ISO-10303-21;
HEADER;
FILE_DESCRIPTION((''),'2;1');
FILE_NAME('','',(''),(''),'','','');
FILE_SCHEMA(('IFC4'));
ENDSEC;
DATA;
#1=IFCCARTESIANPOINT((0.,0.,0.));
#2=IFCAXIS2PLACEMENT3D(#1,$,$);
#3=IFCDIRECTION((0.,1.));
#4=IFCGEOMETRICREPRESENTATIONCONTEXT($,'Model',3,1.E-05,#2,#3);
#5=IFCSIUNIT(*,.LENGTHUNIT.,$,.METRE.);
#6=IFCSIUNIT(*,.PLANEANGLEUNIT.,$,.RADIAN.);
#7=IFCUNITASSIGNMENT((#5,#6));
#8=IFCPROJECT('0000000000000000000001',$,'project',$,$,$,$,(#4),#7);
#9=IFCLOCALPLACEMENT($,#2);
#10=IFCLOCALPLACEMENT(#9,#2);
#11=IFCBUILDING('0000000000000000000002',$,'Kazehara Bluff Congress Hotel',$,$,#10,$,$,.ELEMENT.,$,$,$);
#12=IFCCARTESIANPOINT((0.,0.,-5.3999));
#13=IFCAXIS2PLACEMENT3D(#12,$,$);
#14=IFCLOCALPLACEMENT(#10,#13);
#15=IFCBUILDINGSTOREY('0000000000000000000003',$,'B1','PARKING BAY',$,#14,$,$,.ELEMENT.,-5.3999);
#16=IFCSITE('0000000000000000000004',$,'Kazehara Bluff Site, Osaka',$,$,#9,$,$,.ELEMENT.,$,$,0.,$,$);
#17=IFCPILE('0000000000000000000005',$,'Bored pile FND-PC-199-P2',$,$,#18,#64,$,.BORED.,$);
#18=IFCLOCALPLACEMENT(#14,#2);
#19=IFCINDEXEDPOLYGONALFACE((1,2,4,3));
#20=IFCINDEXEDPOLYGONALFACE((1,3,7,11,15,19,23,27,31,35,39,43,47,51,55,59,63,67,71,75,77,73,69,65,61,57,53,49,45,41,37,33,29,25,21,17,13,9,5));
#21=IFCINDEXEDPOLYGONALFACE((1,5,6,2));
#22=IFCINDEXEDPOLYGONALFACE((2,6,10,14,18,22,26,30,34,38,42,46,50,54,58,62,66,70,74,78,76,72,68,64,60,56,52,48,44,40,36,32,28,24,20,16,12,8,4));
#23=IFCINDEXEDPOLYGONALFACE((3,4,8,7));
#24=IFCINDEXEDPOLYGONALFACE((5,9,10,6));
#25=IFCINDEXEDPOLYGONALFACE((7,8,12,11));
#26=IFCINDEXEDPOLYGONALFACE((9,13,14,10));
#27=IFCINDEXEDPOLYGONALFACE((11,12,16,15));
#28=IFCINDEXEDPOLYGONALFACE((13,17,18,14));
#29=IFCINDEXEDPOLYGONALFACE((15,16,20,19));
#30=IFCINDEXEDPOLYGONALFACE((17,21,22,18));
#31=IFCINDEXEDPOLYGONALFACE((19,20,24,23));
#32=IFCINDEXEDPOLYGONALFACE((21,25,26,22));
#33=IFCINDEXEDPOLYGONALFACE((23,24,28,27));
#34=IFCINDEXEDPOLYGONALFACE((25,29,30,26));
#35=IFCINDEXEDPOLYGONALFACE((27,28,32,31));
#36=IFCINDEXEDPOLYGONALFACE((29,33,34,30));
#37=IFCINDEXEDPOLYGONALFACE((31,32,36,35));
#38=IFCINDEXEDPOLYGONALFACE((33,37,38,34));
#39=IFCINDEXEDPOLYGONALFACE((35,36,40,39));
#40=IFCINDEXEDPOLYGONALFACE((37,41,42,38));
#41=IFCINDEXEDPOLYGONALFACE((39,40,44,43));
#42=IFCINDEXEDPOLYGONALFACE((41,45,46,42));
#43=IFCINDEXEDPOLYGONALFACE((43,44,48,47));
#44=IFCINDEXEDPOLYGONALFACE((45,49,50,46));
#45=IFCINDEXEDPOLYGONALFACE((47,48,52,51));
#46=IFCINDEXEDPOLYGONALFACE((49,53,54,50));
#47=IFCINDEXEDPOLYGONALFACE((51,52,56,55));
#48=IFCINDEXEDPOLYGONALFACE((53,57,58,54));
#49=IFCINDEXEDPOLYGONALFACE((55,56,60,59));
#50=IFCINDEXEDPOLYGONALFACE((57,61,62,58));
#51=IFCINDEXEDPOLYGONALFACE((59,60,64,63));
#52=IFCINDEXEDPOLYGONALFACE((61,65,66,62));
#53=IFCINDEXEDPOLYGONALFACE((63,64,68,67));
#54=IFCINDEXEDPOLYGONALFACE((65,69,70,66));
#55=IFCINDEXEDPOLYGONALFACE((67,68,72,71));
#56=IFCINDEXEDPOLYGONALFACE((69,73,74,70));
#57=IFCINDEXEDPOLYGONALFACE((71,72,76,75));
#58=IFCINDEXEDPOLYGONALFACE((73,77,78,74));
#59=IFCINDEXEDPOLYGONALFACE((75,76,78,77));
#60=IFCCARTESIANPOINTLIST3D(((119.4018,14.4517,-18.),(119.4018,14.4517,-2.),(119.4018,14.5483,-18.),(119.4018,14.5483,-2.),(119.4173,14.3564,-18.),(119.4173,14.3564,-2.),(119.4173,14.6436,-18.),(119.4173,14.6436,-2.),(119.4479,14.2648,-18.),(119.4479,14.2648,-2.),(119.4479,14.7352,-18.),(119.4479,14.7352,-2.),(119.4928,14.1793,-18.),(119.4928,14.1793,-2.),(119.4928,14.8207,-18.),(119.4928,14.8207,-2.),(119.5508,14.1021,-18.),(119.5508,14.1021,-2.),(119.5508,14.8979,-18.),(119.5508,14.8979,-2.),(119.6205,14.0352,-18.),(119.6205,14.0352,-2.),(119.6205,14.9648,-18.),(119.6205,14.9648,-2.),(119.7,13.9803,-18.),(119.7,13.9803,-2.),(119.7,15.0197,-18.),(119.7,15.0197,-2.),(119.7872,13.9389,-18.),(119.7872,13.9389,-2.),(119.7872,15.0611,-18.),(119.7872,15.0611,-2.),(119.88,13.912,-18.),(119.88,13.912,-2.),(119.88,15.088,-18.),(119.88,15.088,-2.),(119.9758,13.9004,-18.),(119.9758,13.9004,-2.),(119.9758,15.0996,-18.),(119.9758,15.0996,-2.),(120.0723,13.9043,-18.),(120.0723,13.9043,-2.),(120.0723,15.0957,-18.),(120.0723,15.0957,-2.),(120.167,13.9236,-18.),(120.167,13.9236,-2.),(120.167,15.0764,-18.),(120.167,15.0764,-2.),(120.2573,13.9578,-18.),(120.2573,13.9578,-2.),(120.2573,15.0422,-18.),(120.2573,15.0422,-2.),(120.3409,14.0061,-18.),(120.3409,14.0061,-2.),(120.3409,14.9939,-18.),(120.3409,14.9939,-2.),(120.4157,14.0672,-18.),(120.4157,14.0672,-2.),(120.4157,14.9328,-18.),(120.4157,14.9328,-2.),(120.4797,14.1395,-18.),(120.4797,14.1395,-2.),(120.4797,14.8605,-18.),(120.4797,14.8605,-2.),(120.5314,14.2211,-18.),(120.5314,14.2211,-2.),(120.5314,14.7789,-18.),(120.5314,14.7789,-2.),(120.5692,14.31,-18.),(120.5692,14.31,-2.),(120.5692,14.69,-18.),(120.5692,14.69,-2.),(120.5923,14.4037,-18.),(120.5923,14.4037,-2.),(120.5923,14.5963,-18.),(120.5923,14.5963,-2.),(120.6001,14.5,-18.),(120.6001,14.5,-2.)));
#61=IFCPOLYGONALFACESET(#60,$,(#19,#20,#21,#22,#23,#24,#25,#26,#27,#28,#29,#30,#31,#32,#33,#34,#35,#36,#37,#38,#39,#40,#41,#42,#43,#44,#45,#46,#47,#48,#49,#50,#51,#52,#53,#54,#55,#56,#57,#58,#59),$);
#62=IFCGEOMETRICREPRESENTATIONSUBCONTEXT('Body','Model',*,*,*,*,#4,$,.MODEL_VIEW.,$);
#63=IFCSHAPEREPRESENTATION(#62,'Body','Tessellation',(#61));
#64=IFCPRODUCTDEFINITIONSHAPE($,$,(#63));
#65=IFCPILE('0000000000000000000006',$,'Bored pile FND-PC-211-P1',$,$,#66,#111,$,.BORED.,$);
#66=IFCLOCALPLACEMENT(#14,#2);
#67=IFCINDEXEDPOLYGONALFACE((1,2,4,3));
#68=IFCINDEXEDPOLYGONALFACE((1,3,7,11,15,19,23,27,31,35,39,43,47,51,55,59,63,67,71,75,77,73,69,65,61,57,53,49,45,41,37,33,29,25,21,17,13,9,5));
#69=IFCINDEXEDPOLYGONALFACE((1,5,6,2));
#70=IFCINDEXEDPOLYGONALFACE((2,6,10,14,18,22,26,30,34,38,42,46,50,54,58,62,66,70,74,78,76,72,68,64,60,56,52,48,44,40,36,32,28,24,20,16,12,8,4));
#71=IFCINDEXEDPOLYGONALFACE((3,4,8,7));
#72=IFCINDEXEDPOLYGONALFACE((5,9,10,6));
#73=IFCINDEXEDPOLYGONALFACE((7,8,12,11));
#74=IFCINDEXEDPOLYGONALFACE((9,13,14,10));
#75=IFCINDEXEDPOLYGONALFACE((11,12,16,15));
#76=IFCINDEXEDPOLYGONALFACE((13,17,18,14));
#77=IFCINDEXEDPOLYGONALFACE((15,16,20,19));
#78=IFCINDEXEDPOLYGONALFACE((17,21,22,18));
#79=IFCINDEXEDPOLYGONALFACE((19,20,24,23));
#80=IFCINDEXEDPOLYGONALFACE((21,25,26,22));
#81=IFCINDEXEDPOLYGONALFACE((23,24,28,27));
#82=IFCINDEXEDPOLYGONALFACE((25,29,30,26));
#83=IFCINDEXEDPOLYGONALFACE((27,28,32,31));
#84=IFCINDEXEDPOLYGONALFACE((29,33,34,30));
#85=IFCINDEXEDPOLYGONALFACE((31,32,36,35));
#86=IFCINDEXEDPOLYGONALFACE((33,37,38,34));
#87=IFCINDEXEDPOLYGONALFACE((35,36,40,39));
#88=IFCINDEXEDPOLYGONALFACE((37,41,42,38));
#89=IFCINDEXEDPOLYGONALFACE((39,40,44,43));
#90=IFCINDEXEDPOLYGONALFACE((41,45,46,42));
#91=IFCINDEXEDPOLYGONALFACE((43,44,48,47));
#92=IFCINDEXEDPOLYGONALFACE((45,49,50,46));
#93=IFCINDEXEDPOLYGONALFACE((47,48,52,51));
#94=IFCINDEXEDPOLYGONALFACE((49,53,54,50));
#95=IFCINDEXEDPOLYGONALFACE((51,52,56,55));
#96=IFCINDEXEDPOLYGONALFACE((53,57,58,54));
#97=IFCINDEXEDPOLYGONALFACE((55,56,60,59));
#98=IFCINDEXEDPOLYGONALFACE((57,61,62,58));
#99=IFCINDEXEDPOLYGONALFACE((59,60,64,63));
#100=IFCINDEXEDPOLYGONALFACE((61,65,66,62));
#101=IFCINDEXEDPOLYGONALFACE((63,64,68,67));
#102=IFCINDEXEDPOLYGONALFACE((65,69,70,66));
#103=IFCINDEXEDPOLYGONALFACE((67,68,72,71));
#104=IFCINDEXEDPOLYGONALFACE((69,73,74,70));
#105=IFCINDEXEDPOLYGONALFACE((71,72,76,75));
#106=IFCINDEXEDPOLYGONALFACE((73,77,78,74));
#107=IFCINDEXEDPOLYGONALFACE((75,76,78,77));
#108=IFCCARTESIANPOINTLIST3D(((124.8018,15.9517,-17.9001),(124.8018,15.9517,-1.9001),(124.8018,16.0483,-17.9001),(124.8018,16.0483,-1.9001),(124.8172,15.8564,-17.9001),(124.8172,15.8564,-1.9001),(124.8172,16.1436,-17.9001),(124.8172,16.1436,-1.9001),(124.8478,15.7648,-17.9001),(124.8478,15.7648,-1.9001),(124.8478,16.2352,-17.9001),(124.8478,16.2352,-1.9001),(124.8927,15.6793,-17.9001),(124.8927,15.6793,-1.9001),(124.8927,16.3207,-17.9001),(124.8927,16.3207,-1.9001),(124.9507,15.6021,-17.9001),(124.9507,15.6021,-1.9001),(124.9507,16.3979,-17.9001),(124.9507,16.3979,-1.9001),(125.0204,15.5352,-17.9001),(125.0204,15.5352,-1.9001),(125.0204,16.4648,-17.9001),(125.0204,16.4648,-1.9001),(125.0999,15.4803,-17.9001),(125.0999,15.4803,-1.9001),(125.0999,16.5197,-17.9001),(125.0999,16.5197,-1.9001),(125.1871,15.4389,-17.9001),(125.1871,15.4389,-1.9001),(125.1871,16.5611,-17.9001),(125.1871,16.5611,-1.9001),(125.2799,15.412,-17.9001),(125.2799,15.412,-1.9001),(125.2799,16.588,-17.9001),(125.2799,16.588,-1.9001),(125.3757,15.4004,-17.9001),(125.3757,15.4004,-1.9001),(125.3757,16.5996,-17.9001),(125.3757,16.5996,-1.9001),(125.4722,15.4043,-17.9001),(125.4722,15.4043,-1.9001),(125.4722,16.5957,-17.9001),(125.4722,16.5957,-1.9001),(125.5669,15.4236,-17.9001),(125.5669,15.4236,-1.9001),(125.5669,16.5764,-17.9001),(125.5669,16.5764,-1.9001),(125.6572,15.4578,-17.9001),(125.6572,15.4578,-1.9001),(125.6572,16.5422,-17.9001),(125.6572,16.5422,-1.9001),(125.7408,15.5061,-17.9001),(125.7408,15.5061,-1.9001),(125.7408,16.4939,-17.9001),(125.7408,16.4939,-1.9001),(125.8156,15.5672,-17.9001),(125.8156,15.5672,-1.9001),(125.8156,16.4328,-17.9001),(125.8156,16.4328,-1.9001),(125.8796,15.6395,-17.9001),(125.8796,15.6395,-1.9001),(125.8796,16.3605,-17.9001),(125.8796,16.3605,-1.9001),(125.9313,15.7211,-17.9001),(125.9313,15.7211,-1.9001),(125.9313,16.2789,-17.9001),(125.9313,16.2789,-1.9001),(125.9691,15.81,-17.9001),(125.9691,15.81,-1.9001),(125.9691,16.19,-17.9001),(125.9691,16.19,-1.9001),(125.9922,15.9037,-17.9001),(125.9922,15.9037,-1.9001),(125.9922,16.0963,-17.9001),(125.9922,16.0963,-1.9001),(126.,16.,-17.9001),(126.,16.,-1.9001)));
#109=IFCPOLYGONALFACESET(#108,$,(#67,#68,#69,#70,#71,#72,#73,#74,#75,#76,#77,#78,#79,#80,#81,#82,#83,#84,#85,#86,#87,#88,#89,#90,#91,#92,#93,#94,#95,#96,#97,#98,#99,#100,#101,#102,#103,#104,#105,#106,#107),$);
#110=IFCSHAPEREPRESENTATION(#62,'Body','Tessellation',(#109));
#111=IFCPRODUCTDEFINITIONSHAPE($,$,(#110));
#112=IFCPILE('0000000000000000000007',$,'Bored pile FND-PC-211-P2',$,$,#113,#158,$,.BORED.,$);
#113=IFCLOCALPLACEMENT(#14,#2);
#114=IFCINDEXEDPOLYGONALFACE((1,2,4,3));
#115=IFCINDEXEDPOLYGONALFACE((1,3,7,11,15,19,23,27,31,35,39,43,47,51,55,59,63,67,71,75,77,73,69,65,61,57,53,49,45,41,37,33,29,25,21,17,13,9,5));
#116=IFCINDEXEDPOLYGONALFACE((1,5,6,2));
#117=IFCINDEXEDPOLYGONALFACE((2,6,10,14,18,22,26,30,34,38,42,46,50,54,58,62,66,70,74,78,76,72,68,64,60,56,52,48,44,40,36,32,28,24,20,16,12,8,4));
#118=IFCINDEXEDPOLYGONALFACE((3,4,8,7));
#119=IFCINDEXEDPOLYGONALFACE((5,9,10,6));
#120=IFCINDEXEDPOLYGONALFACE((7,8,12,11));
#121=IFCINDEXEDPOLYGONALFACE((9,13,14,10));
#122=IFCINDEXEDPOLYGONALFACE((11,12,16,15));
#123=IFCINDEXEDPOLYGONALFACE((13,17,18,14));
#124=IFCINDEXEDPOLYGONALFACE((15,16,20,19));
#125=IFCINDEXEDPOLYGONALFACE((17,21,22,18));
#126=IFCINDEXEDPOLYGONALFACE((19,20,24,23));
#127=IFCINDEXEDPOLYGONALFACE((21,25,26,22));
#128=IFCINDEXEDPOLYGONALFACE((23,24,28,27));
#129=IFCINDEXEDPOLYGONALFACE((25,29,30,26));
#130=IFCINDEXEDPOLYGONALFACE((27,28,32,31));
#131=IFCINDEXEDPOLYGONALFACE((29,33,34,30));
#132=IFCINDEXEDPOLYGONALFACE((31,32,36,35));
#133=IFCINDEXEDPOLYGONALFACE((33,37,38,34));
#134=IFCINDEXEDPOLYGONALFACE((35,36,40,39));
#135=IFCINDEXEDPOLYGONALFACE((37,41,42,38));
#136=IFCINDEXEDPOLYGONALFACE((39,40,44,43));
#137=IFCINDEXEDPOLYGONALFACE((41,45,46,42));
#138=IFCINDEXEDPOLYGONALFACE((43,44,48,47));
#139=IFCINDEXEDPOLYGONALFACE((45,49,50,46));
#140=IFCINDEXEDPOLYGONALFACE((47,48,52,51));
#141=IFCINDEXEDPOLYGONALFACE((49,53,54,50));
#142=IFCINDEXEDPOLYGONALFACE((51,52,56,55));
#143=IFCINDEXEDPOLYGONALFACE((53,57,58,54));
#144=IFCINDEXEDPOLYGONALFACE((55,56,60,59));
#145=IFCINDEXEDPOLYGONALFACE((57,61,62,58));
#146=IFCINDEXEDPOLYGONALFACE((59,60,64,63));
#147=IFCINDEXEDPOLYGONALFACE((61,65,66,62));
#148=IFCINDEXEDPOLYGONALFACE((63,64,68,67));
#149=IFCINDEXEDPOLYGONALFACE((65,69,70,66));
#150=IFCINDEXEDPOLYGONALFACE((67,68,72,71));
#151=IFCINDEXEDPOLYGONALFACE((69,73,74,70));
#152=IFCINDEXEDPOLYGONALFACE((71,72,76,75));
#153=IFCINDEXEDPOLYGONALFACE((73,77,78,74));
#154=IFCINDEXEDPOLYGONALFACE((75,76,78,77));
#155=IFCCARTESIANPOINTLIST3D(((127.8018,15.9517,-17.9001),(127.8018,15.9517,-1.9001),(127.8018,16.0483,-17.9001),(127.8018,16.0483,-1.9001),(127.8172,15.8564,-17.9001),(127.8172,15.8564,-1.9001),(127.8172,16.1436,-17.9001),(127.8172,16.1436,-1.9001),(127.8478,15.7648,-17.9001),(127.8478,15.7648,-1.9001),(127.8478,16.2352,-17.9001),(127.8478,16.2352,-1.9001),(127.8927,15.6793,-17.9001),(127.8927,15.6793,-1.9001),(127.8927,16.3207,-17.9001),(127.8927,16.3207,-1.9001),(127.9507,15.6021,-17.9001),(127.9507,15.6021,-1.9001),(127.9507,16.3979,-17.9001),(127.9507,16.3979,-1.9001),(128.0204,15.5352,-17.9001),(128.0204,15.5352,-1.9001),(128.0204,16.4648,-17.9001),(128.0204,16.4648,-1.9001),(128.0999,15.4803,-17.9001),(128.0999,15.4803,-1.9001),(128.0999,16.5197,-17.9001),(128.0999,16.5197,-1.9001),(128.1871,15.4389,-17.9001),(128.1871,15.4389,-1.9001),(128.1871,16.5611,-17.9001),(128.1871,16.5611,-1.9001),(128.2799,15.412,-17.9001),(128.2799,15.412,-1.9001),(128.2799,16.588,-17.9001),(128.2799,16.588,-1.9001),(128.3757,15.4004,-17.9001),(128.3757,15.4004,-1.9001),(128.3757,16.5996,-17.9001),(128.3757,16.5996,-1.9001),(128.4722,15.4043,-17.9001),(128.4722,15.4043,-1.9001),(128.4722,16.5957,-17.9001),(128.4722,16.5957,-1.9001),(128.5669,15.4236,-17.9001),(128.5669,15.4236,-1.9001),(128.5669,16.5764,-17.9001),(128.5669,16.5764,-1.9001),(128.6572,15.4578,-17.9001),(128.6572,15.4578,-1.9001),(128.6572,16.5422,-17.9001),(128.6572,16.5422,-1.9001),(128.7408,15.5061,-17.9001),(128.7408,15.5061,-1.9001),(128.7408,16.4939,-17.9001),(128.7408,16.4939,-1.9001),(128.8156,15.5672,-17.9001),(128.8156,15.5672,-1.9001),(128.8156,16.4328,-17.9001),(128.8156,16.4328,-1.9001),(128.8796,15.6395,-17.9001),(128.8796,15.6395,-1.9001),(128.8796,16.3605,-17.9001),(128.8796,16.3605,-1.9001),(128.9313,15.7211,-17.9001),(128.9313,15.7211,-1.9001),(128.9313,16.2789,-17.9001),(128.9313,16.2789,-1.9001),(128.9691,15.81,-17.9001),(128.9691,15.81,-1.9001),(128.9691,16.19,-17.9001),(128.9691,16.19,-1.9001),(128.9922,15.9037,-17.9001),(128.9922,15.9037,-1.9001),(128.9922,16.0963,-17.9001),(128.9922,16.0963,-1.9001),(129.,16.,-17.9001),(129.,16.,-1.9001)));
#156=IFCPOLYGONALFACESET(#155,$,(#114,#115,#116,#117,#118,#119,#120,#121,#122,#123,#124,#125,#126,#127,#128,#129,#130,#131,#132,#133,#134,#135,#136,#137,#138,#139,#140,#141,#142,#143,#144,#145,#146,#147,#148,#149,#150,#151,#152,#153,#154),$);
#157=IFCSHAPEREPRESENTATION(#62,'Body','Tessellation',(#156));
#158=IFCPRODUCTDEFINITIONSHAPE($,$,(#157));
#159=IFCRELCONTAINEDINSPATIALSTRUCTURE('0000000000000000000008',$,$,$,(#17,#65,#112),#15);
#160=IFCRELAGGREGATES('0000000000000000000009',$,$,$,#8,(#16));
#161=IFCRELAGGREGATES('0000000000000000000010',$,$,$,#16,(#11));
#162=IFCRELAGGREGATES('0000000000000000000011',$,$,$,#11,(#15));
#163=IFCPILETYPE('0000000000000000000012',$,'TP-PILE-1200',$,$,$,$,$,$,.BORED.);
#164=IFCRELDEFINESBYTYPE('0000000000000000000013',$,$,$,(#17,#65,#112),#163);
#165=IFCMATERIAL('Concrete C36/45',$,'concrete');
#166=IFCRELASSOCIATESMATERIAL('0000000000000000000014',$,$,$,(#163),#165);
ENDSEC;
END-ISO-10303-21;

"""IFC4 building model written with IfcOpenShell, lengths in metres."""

from ifc_helpers import new_model, si_unit, direction, frame, origin, origin_2d, place, context, subcontext, project, spatial, circle, extrude, material, material_profile, profile_set, type_object, element, save


model = new_model("IFC4")

# Units and contexts
model_context = context("Model", 3, precision=1e-05, world=origin(), true_north=direction((0.0, 1.0)))
body_context = subcontext(model_context, "Body", "Model", "MODEL_VIEW")
ifc_project = project(units=[si_unit("LENGTHUNIT", "METRE"), si_unit("PLANEANGLEUNIT", "RADIAN")], contexts=[model_context])

# Site, building, storey
site_placement = place(None, origin())
site = spatial("IfcSite", under=ifc_project, at=site_placement, Name="Kazehara Bluff Site, Osaka", CompositionType="ELEMENT", RefElevation=0.0)
building_placement = place(site_placement, origin())
building = spatial("IfcBuilding", under=site, at=building_placement, Name="Kazehara Bluff Congress Hotel", CompositionType="ELEMENT")
storey_placement = place(building_placement, frame((0.0, 0.0, -5.3999)))
storey = spatial("IfcBuildingStorey", under=building, at=storey_placement, Name="B1", Description="PARKING BAY", CompositionType="ELEMENT", Elevation=-5.3999)

# Piles
ifc_material_1 = material(Name="Concrete C36/45", Category="concrete")
ifc_material_profile_1 = material_profile(ifc_material_1, circle(Radius=0.6001, at=origin_2d()))
ifc_profile_set_1 = profile_set([ifc_material_profile_1], Name="Concrete C36/45")
pile_type = type_object("IfcPileType", Name="TP-PILE-1200", PredefinedType="BORED", material=ifc_profile_set_1)
for number, where, z_axis, x_axis, name in (
    (1, (120.0, 14.5, -2.0), (0.0, 0.0, -1.0), (1.0, 0.0, 0.0), "Bored pile FND-PC-199-P2"),
    (2, (125.3999, 16.0, -1.9001), (0.0, 0.0, -1.0), (1.0, 0.0, 0.0), "Bored pile FND-PC-211-P1"),
    (3, (128.3999, 16.0, -1.9001), (0.0, 0.0, -1.0), (1.0, 0.0, 0.0), "Bored pile FND-PC-211-P2"),
):
    element("IfcPile", number, at=place(storey_placement, frame(where, z_axis=z_axis, x_axis=x_axis)), inside=storey, type_object=pile_type, Name=name, PredefinedType="BORED", context=body_context, shape_type="SweptSolid", body=[
        extrude(circle(Radius=0.6001, at=origin_2d()), origin(), (0.0, 0.0, 1.0), 16.0),
    ])

save(model, "model.ifc")
